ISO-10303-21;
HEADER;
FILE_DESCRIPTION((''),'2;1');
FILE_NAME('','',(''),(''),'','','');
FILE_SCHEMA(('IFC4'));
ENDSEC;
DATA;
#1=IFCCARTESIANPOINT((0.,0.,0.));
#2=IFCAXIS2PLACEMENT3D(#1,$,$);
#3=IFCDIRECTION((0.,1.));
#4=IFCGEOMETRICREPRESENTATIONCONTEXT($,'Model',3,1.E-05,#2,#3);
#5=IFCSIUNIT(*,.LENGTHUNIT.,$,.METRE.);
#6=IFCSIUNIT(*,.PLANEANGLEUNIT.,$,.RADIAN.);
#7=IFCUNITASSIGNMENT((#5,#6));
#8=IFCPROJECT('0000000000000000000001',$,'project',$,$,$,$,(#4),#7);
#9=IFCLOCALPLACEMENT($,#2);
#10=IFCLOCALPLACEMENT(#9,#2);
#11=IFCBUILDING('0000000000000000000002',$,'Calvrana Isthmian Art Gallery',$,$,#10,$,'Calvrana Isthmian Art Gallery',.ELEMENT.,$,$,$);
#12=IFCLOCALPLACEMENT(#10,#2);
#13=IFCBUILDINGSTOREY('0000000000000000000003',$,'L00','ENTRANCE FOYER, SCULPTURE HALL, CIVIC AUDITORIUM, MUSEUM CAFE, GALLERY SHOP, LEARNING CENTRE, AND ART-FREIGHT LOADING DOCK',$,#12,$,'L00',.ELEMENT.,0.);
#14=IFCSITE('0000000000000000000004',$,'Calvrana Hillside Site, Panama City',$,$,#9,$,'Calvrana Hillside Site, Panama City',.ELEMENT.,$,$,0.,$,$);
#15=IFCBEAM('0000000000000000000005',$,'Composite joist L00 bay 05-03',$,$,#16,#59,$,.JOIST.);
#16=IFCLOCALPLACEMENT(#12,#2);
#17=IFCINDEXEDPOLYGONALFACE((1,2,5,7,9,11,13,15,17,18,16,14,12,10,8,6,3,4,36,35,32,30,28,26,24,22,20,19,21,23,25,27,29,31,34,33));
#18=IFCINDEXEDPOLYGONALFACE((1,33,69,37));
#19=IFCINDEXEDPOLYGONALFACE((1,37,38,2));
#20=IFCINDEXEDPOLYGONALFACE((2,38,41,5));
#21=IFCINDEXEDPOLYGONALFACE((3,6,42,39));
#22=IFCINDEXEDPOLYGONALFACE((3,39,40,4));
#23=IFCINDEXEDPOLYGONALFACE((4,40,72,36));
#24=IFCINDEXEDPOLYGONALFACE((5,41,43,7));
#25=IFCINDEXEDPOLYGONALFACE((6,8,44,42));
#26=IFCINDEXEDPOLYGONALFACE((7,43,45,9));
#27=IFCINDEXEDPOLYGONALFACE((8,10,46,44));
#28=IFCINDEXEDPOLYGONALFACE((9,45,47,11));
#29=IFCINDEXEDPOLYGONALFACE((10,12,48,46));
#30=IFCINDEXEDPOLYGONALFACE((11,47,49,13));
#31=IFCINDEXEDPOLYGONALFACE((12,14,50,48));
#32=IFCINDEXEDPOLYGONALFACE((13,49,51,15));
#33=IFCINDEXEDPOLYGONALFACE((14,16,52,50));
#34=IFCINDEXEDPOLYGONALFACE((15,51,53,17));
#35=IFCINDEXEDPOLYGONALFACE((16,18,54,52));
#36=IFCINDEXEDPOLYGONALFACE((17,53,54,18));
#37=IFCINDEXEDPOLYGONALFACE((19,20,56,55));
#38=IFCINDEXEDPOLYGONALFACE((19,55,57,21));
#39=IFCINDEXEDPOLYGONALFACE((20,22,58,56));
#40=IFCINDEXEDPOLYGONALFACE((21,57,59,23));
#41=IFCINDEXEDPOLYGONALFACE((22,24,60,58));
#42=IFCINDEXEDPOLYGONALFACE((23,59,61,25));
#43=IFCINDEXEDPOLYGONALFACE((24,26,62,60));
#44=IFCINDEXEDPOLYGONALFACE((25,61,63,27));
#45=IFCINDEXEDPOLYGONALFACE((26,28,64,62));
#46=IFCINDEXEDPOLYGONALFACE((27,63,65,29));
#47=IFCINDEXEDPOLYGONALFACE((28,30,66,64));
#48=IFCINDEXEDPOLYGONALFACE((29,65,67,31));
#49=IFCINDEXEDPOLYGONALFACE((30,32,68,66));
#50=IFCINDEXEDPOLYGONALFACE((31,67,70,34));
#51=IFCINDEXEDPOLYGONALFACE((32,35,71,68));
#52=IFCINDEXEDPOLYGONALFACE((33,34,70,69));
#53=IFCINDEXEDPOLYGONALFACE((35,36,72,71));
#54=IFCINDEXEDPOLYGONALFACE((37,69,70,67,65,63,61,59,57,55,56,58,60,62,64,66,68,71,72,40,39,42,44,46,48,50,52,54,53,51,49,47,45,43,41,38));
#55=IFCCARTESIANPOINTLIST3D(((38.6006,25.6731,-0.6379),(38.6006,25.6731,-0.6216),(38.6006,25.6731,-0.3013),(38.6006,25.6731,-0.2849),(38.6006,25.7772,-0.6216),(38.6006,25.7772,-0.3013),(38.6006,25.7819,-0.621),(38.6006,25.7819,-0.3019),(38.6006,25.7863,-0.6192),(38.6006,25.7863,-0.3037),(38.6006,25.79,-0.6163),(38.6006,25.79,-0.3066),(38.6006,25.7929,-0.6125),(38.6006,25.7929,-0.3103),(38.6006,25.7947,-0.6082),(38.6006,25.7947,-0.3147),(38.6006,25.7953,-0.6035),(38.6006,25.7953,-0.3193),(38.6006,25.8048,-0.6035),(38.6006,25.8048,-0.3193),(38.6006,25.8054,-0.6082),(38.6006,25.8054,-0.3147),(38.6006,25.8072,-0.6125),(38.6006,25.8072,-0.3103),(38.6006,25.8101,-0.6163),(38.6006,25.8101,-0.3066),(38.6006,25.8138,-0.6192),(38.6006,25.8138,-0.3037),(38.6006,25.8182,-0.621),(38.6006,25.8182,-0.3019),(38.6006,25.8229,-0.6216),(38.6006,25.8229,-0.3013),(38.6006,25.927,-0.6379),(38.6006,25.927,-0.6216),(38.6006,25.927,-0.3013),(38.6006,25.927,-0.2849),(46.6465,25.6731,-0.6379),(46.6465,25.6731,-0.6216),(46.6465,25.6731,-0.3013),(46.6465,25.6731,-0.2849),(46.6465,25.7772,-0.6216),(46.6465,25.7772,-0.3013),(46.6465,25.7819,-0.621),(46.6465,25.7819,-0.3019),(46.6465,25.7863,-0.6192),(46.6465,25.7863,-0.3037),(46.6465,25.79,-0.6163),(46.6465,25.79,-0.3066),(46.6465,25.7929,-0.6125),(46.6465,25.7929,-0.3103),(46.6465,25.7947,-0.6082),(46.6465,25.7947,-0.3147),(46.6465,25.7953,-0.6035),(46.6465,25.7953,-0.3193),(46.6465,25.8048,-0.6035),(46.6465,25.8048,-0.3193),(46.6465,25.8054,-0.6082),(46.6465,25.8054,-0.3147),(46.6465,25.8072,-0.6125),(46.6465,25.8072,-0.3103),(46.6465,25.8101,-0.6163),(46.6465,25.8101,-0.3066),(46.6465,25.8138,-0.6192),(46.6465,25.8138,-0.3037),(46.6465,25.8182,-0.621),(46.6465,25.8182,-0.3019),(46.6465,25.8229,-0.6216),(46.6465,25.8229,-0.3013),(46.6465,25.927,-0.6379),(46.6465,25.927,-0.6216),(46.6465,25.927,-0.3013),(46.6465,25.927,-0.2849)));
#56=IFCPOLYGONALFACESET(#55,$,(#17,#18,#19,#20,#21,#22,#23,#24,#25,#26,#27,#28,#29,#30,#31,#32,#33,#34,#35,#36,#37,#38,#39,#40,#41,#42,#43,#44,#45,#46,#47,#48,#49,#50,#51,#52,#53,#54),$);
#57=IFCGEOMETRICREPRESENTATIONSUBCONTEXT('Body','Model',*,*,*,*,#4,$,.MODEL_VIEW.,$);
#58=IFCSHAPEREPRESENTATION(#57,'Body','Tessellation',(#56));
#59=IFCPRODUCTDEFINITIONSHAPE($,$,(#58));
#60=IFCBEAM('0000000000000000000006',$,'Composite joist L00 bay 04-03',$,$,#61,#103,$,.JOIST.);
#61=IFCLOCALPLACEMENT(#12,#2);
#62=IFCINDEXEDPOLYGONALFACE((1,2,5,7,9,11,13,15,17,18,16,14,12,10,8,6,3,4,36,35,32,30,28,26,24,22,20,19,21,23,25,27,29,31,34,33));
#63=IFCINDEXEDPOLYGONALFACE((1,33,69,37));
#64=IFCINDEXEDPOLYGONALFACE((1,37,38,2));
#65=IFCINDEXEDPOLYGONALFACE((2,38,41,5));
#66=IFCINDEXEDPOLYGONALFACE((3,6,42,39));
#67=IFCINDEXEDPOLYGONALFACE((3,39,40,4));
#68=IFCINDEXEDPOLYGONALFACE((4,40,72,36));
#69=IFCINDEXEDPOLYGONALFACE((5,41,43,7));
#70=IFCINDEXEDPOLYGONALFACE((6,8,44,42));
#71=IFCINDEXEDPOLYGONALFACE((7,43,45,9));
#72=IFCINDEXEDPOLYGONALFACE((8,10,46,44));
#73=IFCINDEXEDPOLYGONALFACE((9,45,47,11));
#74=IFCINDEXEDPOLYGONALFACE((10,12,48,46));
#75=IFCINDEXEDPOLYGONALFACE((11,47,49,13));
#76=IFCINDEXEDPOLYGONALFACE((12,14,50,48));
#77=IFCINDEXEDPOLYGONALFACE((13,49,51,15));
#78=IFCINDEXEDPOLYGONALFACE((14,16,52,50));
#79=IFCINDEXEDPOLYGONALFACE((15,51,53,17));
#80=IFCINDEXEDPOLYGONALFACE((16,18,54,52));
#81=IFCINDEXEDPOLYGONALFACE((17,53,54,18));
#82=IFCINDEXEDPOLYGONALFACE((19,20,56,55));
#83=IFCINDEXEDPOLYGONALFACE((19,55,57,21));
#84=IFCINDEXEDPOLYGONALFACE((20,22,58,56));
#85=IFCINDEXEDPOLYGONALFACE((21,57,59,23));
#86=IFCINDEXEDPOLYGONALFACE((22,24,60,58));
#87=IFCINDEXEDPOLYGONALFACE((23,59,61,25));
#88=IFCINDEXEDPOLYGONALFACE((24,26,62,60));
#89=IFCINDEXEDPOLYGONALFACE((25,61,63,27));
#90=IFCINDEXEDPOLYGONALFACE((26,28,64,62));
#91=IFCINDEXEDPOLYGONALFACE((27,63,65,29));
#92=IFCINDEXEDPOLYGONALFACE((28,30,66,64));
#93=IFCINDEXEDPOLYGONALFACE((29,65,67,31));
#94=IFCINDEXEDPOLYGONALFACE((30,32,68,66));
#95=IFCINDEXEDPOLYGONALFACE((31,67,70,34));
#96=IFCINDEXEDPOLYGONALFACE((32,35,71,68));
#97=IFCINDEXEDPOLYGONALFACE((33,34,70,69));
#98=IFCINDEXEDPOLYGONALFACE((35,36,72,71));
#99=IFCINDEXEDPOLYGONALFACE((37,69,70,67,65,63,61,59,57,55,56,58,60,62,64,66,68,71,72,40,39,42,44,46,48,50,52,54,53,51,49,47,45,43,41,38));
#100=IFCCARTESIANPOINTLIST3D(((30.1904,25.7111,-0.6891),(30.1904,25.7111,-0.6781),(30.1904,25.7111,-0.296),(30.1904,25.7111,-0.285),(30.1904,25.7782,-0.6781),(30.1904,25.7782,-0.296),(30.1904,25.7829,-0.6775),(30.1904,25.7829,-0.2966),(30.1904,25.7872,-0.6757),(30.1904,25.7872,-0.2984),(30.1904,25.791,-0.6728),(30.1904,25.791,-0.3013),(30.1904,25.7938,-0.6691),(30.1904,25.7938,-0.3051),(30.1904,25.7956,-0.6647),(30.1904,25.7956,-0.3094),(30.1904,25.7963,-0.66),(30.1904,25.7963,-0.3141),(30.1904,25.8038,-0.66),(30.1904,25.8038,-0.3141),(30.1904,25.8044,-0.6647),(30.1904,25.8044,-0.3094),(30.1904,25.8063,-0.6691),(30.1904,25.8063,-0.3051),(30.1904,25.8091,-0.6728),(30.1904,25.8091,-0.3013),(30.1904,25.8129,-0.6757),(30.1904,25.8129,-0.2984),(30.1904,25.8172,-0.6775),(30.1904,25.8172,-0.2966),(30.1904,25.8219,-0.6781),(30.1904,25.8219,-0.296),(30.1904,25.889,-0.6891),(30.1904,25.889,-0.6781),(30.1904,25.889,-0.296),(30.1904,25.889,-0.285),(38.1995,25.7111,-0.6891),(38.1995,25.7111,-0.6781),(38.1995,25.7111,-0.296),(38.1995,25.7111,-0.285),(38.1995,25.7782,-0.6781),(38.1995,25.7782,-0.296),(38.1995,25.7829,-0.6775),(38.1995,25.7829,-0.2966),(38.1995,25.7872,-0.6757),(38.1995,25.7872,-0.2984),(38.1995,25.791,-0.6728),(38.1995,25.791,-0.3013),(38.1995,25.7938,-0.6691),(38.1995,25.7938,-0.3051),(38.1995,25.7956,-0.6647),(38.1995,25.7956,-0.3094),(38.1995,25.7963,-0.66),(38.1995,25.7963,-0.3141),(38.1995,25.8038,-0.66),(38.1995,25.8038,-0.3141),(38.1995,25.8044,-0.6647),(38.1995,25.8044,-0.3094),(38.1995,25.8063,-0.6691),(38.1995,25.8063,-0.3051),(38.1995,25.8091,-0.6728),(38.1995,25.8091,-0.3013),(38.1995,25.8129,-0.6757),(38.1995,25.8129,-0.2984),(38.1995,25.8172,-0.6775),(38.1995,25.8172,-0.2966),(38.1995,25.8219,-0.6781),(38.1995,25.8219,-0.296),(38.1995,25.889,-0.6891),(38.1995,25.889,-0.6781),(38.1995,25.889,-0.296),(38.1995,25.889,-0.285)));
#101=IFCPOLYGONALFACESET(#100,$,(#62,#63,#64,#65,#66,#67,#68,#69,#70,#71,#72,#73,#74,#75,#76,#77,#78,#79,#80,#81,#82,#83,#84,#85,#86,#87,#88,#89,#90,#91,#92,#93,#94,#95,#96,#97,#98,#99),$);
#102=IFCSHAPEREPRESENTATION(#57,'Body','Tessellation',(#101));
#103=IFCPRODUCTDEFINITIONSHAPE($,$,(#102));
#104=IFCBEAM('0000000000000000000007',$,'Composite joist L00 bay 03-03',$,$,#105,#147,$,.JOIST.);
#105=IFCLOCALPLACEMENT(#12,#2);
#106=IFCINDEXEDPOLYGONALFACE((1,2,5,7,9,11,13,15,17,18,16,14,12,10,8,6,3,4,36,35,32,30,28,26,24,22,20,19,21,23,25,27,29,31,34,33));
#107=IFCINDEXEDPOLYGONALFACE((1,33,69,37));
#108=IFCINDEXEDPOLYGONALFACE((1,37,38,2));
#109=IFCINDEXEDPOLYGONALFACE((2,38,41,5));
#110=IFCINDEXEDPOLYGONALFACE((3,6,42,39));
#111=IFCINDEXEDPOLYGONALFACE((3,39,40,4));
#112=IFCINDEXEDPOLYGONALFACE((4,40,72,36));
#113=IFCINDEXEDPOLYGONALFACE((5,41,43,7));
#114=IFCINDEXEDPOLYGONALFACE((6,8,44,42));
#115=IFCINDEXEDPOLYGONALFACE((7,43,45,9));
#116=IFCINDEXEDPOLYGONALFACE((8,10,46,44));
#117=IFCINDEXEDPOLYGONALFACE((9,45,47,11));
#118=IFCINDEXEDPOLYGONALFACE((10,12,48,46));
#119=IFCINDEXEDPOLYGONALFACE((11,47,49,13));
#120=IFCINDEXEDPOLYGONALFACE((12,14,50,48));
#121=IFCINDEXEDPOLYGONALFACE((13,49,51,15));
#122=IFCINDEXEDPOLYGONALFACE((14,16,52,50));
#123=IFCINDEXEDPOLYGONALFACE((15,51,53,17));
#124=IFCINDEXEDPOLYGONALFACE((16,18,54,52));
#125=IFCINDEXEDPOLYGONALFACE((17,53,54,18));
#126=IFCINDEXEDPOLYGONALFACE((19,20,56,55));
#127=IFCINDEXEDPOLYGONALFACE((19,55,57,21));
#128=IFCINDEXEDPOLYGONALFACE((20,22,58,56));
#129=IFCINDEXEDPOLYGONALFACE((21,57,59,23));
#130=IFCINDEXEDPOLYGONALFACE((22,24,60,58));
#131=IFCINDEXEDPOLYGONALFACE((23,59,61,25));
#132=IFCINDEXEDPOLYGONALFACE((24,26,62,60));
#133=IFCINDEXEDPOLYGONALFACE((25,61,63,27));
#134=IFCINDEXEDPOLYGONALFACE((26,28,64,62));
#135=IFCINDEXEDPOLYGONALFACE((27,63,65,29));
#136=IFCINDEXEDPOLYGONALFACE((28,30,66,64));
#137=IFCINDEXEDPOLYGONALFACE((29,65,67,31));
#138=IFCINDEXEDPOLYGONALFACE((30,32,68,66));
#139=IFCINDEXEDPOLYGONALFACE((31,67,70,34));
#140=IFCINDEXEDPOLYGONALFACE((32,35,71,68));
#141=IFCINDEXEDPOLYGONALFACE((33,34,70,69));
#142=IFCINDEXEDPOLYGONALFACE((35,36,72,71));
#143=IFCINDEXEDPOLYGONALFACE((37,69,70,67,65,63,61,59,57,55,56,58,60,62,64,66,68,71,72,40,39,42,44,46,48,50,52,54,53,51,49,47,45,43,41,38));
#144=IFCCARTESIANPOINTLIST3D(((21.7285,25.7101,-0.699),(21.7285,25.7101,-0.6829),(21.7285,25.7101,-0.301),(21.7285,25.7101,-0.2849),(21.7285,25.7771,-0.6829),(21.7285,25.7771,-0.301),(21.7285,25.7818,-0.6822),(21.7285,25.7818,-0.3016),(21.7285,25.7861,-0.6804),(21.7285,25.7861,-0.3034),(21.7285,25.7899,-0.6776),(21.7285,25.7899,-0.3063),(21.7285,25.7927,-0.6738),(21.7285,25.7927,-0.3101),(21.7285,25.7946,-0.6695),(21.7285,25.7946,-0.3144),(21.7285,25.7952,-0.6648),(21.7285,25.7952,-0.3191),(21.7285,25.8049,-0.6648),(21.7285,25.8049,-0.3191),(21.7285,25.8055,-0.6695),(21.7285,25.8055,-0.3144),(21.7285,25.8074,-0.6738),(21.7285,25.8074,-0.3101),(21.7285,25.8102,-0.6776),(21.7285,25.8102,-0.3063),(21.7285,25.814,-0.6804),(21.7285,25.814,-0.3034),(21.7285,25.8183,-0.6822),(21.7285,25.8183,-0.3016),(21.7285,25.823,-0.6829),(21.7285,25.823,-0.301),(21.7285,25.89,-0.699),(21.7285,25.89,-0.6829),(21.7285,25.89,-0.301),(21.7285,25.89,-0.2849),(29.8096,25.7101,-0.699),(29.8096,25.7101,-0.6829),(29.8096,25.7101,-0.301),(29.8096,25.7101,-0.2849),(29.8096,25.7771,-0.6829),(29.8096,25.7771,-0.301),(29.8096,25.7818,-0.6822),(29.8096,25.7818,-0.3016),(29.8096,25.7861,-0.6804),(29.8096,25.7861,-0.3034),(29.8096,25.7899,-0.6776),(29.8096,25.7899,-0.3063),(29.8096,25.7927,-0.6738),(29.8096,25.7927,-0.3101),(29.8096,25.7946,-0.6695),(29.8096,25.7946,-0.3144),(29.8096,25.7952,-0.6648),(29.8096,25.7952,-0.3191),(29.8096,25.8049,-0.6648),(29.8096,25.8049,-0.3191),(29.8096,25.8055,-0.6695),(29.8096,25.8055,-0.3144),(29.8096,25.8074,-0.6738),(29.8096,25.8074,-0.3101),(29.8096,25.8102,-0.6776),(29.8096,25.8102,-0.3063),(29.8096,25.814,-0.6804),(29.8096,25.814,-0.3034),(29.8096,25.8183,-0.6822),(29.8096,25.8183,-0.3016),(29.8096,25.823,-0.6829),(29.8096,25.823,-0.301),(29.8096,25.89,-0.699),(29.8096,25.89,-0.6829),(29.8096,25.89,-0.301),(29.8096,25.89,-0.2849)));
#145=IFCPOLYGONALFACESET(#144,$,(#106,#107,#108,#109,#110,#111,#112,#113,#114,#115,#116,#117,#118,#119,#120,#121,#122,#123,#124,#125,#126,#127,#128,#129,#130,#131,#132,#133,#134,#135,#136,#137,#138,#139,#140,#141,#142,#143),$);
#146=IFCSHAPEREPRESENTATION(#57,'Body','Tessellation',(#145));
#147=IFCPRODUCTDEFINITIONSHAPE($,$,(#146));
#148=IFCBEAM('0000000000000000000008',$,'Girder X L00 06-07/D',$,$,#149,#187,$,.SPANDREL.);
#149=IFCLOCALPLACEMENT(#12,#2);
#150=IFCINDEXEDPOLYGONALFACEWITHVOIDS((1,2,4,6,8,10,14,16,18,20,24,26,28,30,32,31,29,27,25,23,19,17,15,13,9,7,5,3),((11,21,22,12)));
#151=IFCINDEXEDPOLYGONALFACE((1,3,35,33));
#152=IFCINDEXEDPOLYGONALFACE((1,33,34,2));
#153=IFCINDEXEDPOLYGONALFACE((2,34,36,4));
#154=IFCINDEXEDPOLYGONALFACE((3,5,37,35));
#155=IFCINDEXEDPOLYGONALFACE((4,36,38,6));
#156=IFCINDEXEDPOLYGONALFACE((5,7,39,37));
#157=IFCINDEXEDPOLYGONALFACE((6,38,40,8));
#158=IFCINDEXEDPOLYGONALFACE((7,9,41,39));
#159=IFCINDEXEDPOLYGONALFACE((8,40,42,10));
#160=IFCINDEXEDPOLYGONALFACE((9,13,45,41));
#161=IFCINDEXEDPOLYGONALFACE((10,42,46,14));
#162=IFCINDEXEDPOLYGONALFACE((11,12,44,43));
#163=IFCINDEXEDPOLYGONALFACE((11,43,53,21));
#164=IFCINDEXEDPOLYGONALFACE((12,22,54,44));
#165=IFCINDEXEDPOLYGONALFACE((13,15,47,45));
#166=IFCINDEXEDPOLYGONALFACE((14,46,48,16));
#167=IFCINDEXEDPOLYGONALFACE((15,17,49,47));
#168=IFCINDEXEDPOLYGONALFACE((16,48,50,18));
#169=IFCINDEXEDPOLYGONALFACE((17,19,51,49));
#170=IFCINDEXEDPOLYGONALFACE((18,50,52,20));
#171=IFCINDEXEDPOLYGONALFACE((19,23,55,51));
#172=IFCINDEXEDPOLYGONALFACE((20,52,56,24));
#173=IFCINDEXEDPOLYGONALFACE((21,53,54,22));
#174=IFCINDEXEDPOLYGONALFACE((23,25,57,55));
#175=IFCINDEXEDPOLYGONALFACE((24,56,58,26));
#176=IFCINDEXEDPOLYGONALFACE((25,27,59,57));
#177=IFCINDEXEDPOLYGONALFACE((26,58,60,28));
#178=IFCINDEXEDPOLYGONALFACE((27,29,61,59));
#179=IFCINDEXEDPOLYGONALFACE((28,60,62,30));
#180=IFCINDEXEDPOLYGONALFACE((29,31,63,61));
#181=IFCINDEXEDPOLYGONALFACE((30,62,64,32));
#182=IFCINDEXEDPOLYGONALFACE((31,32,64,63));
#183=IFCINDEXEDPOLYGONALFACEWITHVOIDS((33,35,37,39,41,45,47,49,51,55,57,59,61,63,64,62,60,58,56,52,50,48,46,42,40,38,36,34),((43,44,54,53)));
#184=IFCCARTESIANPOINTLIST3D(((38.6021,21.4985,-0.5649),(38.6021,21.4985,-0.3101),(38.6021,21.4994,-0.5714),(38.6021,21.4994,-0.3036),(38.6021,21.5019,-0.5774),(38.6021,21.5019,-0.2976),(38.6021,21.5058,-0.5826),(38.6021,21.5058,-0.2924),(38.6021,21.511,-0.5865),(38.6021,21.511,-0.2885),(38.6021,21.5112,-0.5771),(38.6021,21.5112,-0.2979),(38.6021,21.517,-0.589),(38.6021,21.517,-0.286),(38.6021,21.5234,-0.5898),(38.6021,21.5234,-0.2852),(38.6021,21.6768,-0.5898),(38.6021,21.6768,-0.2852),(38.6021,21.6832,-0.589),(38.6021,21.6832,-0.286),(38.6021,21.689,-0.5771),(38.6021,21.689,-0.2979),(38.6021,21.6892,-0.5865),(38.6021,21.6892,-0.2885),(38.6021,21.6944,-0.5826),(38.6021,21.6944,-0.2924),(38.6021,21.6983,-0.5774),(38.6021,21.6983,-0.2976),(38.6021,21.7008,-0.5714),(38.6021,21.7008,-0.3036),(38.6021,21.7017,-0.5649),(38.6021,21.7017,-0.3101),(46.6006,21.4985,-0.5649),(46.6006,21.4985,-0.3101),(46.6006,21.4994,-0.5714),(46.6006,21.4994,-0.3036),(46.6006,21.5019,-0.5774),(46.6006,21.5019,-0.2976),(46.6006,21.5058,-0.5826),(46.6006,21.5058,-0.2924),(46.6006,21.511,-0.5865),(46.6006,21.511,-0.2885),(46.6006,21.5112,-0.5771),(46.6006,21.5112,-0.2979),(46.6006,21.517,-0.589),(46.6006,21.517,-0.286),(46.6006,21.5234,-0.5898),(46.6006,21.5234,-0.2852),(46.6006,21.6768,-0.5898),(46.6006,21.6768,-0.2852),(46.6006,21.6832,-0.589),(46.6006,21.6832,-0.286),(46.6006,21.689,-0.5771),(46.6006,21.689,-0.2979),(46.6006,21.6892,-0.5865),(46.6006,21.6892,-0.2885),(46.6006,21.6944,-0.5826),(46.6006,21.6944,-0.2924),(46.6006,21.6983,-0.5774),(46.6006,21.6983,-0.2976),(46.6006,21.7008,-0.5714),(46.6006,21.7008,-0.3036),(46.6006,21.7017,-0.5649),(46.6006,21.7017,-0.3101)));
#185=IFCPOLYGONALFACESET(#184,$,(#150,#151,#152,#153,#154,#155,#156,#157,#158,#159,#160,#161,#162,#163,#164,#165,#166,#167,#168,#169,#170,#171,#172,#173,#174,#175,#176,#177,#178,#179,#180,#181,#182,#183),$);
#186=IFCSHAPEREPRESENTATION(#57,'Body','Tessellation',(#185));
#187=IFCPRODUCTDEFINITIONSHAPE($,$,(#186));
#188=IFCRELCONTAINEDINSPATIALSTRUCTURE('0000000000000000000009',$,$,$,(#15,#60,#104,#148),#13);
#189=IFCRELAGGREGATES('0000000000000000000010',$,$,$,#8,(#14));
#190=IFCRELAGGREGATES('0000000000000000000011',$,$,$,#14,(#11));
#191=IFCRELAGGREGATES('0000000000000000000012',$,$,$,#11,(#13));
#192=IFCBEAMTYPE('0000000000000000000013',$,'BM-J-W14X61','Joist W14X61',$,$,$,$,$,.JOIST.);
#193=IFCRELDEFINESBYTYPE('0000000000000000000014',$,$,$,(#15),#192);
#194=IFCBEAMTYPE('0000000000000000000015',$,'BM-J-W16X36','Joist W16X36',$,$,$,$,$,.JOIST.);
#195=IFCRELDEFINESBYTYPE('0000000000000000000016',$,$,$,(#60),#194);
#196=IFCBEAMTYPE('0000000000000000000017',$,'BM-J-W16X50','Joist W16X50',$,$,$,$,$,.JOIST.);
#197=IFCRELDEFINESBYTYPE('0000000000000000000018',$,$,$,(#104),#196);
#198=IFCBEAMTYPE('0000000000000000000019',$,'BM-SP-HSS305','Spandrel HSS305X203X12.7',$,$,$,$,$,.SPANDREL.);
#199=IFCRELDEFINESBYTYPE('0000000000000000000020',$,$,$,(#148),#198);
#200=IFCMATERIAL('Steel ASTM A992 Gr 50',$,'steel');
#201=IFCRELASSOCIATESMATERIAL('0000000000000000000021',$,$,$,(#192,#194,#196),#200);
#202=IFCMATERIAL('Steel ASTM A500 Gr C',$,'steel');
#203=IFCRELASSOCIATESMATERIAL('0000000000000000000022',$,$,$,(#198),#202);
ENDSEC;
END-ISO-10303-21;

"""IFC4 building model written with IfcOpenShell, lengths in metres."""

from ifc_helpers import new_model, si_unit, direction, frame, origin, origin_2d, place, context, subcontext, project, spatial, hollow_rectangle, i_section, extrude, material, material_profile, profile_set, type_object, element, save


model = new_model("IFC4")

# Units and contexts
model_context = context("Model", 3, precision=1e-05, world=origin(), true_north=direction((0.0, 1.0)))
body_context = subcontext(model_context, "Body", "Model", "MODEL_VIEW")
ifc_project = project(units=[si_unit("LENGTHUNIT", "METRE"), si_unit("PLANEANGLEUNIT", "RADIAN")], contexts=[model_context])

# Site, building, storey
site_placement = place(None, origin())
site = spatial("IfcSite", under=ifc_project, at=site_placement, Name="Calvrana Hillside Site, Panama City", LongName="Calvrana Hillside Site, Panama City", CompositionType="ELEMENT", RefElevation=0.0)
building_placement = place(site_placement, origin())
building = spatial("IfcBuilding", under=site, at=building_placement, Name="Calvrana Isthmian Art Gallery", LongName="Calvrana Isthmian Art Gallery", CompositionType="ELEMENT")
storey_placement = place(building_placement, origin())
storey = spatial("IfcBuildingStorey", under=building, at=storey_placement, Name="L00", Description="ENTRANCE FOYER, SCULPTURE HALL, CIVIC AUDITORIUM, MUSEUM CAFE, GALLERY SHOP, LEARNING CENTRE, AND ART-FREIGHT LOADING DOCK", LongName="L00", CompositionType="ELEMENT", Elevation=0.0)

# Shared definitions
ifc_material_1 = material(Name="Steel ASTM A992 Gr 50", Category="steel")

# Beams
ifc_material_profile_1 = material_profile(ifc_material_1, i_section(OverallWidth=0.2539, OverallDepth=0.353, WebThickness=0.0095, FlangeThickness=0.0164, FilletRadius=0.0181, at=origin_2d()), Name="W14X61")
ifc_profile_set_1 = profile_set([ifc_material_profile_1], Name="Steel ASTM A992 Gr 50")
beam_type_1 = type_object("IfcBeamType", Name="BM-J-W14X61", Description="Joist W14X61", PredefinedType="JOIST", material=ifc_profile_set_1)
beam_1_placement = place(storey_placement, frame((38.6006, 25.8, -0.4614), z_axis=(1.0, 0.0, 0.0), x_axis=(0.0, 1.0, 0.0)))
element("IfcBeam", 1, at=beam_1_placement, inside=storey, type_object=beam_type_1, Name="Composite joist L00 bay 05-03", PredefinedType="JOIST", context=body_context, shape_type="SweptSolid", body=[
    extrude(i_section(OverallWidth=0.2539, OverallDepth=0.353, WebThickness=0.0095, FlangeThickness=0.0164, FilletRadius=0.0181, at=origin_2d()), origin(), (0.0, 0.0, 1.0), 8.0459),
])
ifc_material_profile_2 = material_profile(ifc_material_1, i_section(OverallWidth=0.178, OverallDepth=0.4041, WebThickness=0.0076, FlangeThickness=0.011, FilletRadius=0.0181, at=origin_2d()), Name="W16X36")
ifc_profile_set_2 = profile_set([ifc_material_profile_2], Name="Steel ASTM A992 Gr 50")
beam_type_2 = type_object("IfcBeamType", Name="BM-J-W16X36", Description="Joist W16X36", PredefinedType="JOIST", material=ifc_profile_set_2)
beam_2_placement = place(storey_placement, frame((30.1904, 25.8, -0.4871), z_axis=(1.0, 0.0, 0.0), x_axis=(0.0, 1.0, 0.0)))
element("IfcBeam", 2, at=beam_2_placement, inside=storey, type_object=beam_type_2, Name="Composite joist L00 bay 04-03", PredefinedType="JOIST", context=body_context, shape_type="SweptSolid", body=[
    extrude(i_section(OverallWidth=0.178, OverallDepth=0.4041, WebThickness=0.0076, FlangeThickness=0.011, FilletRadius=0.0181, at=origin_2d()), origin(), (0.0, 0.0, 1.0), 8.009),
])
ifc_material_profile_3 = material_profile(ifc_material_1, i_section(OverallWidth=0.1799, OverallDepth=0.4141, WebThickness=0.0098, FlangeThickness=0.0161, FilletRadius=0.0181, at=origin_2d()), Name="W16X50")
ifc_profile_set_3 = profile_set([ifc_material_profile_3], Name="Steel ASTM A992 Gr 50")
beam_type_3 = type_object("IfcBeamType", Name="BM-J-W16X50", Description="Joist W16X50", PredefinedType="JOIST", material=ifc_profile_set_3)
beam_3_placement = place(storey_placement, frame((21.7285, 25.8, -0.4919), z_axis=(1.0, 0.0, 0.0), x_axis=(0.0, 1.0, 0.0)))
element("IfcBeam", 3, at=beam_3_placement, inside=storey, type_object=beam_type_3, Name="Composite joist L00 bay 03-03", PredefinedType="JOIST", context=body_context, shape_type="SweptSolid", body=[
    extrude(i_section(OverallWidth=0.1799, OverallDepth=0.4141, WebThickness=0.0098, FlangeThickness=0.0161, FilletRadius=0.0181, at=origin_2d()), origin(), (0.0, 0.0, 1.0), 8.0811),
])
ifc_material_2 = material(Name="Steel ASTM A500 Gr C", Category="steel")
ifc_material_profile_4 = material_profile(ifc_material_2, hollow_rectangle(XDim=0.2031, YDim=0.3047, WallThickness=0.0127, OuterFilletRadius=0.0249, at=origin_2d()), Name="HSS305X203X12.7")
ifc_profile_set_4 = profile_set([ifc_material_profile_4], Name="Steel ASTM A500 Gr C")
beam_type_4 = type_object("IfcBeamType", Name="BM-SP-HSS305", Description="Spandrel HSS305X203X12.7", PredefinedType="SPANDREL", material=ifc_profile_set_4)
beam_4_placement = place(storey_placement, frame((38.6021, 21.6001, -0.4375), z_axis=(1.0, 0.0, 0.0), x_axis=(0.0, 1.0, 0.0)))
element("IfcBeam", 4, at=beam_4_placement, inside=storey, type_object=beam_type_4, Name="Girder X L00 06-07/D", PredefinedType="SPANDREL", context=body_context, shape_type="SweptSolid", body=[
    extrude(hollow_rectangle(XDim=0.2031, YDim=0.3047, WallThickness=0.0127, OuterFilletRadius=0.0249, at=origin_2d()), origin(), (0.0, 0.0, 1.0), 7.9985),
])

save(model, "model.ifc")
